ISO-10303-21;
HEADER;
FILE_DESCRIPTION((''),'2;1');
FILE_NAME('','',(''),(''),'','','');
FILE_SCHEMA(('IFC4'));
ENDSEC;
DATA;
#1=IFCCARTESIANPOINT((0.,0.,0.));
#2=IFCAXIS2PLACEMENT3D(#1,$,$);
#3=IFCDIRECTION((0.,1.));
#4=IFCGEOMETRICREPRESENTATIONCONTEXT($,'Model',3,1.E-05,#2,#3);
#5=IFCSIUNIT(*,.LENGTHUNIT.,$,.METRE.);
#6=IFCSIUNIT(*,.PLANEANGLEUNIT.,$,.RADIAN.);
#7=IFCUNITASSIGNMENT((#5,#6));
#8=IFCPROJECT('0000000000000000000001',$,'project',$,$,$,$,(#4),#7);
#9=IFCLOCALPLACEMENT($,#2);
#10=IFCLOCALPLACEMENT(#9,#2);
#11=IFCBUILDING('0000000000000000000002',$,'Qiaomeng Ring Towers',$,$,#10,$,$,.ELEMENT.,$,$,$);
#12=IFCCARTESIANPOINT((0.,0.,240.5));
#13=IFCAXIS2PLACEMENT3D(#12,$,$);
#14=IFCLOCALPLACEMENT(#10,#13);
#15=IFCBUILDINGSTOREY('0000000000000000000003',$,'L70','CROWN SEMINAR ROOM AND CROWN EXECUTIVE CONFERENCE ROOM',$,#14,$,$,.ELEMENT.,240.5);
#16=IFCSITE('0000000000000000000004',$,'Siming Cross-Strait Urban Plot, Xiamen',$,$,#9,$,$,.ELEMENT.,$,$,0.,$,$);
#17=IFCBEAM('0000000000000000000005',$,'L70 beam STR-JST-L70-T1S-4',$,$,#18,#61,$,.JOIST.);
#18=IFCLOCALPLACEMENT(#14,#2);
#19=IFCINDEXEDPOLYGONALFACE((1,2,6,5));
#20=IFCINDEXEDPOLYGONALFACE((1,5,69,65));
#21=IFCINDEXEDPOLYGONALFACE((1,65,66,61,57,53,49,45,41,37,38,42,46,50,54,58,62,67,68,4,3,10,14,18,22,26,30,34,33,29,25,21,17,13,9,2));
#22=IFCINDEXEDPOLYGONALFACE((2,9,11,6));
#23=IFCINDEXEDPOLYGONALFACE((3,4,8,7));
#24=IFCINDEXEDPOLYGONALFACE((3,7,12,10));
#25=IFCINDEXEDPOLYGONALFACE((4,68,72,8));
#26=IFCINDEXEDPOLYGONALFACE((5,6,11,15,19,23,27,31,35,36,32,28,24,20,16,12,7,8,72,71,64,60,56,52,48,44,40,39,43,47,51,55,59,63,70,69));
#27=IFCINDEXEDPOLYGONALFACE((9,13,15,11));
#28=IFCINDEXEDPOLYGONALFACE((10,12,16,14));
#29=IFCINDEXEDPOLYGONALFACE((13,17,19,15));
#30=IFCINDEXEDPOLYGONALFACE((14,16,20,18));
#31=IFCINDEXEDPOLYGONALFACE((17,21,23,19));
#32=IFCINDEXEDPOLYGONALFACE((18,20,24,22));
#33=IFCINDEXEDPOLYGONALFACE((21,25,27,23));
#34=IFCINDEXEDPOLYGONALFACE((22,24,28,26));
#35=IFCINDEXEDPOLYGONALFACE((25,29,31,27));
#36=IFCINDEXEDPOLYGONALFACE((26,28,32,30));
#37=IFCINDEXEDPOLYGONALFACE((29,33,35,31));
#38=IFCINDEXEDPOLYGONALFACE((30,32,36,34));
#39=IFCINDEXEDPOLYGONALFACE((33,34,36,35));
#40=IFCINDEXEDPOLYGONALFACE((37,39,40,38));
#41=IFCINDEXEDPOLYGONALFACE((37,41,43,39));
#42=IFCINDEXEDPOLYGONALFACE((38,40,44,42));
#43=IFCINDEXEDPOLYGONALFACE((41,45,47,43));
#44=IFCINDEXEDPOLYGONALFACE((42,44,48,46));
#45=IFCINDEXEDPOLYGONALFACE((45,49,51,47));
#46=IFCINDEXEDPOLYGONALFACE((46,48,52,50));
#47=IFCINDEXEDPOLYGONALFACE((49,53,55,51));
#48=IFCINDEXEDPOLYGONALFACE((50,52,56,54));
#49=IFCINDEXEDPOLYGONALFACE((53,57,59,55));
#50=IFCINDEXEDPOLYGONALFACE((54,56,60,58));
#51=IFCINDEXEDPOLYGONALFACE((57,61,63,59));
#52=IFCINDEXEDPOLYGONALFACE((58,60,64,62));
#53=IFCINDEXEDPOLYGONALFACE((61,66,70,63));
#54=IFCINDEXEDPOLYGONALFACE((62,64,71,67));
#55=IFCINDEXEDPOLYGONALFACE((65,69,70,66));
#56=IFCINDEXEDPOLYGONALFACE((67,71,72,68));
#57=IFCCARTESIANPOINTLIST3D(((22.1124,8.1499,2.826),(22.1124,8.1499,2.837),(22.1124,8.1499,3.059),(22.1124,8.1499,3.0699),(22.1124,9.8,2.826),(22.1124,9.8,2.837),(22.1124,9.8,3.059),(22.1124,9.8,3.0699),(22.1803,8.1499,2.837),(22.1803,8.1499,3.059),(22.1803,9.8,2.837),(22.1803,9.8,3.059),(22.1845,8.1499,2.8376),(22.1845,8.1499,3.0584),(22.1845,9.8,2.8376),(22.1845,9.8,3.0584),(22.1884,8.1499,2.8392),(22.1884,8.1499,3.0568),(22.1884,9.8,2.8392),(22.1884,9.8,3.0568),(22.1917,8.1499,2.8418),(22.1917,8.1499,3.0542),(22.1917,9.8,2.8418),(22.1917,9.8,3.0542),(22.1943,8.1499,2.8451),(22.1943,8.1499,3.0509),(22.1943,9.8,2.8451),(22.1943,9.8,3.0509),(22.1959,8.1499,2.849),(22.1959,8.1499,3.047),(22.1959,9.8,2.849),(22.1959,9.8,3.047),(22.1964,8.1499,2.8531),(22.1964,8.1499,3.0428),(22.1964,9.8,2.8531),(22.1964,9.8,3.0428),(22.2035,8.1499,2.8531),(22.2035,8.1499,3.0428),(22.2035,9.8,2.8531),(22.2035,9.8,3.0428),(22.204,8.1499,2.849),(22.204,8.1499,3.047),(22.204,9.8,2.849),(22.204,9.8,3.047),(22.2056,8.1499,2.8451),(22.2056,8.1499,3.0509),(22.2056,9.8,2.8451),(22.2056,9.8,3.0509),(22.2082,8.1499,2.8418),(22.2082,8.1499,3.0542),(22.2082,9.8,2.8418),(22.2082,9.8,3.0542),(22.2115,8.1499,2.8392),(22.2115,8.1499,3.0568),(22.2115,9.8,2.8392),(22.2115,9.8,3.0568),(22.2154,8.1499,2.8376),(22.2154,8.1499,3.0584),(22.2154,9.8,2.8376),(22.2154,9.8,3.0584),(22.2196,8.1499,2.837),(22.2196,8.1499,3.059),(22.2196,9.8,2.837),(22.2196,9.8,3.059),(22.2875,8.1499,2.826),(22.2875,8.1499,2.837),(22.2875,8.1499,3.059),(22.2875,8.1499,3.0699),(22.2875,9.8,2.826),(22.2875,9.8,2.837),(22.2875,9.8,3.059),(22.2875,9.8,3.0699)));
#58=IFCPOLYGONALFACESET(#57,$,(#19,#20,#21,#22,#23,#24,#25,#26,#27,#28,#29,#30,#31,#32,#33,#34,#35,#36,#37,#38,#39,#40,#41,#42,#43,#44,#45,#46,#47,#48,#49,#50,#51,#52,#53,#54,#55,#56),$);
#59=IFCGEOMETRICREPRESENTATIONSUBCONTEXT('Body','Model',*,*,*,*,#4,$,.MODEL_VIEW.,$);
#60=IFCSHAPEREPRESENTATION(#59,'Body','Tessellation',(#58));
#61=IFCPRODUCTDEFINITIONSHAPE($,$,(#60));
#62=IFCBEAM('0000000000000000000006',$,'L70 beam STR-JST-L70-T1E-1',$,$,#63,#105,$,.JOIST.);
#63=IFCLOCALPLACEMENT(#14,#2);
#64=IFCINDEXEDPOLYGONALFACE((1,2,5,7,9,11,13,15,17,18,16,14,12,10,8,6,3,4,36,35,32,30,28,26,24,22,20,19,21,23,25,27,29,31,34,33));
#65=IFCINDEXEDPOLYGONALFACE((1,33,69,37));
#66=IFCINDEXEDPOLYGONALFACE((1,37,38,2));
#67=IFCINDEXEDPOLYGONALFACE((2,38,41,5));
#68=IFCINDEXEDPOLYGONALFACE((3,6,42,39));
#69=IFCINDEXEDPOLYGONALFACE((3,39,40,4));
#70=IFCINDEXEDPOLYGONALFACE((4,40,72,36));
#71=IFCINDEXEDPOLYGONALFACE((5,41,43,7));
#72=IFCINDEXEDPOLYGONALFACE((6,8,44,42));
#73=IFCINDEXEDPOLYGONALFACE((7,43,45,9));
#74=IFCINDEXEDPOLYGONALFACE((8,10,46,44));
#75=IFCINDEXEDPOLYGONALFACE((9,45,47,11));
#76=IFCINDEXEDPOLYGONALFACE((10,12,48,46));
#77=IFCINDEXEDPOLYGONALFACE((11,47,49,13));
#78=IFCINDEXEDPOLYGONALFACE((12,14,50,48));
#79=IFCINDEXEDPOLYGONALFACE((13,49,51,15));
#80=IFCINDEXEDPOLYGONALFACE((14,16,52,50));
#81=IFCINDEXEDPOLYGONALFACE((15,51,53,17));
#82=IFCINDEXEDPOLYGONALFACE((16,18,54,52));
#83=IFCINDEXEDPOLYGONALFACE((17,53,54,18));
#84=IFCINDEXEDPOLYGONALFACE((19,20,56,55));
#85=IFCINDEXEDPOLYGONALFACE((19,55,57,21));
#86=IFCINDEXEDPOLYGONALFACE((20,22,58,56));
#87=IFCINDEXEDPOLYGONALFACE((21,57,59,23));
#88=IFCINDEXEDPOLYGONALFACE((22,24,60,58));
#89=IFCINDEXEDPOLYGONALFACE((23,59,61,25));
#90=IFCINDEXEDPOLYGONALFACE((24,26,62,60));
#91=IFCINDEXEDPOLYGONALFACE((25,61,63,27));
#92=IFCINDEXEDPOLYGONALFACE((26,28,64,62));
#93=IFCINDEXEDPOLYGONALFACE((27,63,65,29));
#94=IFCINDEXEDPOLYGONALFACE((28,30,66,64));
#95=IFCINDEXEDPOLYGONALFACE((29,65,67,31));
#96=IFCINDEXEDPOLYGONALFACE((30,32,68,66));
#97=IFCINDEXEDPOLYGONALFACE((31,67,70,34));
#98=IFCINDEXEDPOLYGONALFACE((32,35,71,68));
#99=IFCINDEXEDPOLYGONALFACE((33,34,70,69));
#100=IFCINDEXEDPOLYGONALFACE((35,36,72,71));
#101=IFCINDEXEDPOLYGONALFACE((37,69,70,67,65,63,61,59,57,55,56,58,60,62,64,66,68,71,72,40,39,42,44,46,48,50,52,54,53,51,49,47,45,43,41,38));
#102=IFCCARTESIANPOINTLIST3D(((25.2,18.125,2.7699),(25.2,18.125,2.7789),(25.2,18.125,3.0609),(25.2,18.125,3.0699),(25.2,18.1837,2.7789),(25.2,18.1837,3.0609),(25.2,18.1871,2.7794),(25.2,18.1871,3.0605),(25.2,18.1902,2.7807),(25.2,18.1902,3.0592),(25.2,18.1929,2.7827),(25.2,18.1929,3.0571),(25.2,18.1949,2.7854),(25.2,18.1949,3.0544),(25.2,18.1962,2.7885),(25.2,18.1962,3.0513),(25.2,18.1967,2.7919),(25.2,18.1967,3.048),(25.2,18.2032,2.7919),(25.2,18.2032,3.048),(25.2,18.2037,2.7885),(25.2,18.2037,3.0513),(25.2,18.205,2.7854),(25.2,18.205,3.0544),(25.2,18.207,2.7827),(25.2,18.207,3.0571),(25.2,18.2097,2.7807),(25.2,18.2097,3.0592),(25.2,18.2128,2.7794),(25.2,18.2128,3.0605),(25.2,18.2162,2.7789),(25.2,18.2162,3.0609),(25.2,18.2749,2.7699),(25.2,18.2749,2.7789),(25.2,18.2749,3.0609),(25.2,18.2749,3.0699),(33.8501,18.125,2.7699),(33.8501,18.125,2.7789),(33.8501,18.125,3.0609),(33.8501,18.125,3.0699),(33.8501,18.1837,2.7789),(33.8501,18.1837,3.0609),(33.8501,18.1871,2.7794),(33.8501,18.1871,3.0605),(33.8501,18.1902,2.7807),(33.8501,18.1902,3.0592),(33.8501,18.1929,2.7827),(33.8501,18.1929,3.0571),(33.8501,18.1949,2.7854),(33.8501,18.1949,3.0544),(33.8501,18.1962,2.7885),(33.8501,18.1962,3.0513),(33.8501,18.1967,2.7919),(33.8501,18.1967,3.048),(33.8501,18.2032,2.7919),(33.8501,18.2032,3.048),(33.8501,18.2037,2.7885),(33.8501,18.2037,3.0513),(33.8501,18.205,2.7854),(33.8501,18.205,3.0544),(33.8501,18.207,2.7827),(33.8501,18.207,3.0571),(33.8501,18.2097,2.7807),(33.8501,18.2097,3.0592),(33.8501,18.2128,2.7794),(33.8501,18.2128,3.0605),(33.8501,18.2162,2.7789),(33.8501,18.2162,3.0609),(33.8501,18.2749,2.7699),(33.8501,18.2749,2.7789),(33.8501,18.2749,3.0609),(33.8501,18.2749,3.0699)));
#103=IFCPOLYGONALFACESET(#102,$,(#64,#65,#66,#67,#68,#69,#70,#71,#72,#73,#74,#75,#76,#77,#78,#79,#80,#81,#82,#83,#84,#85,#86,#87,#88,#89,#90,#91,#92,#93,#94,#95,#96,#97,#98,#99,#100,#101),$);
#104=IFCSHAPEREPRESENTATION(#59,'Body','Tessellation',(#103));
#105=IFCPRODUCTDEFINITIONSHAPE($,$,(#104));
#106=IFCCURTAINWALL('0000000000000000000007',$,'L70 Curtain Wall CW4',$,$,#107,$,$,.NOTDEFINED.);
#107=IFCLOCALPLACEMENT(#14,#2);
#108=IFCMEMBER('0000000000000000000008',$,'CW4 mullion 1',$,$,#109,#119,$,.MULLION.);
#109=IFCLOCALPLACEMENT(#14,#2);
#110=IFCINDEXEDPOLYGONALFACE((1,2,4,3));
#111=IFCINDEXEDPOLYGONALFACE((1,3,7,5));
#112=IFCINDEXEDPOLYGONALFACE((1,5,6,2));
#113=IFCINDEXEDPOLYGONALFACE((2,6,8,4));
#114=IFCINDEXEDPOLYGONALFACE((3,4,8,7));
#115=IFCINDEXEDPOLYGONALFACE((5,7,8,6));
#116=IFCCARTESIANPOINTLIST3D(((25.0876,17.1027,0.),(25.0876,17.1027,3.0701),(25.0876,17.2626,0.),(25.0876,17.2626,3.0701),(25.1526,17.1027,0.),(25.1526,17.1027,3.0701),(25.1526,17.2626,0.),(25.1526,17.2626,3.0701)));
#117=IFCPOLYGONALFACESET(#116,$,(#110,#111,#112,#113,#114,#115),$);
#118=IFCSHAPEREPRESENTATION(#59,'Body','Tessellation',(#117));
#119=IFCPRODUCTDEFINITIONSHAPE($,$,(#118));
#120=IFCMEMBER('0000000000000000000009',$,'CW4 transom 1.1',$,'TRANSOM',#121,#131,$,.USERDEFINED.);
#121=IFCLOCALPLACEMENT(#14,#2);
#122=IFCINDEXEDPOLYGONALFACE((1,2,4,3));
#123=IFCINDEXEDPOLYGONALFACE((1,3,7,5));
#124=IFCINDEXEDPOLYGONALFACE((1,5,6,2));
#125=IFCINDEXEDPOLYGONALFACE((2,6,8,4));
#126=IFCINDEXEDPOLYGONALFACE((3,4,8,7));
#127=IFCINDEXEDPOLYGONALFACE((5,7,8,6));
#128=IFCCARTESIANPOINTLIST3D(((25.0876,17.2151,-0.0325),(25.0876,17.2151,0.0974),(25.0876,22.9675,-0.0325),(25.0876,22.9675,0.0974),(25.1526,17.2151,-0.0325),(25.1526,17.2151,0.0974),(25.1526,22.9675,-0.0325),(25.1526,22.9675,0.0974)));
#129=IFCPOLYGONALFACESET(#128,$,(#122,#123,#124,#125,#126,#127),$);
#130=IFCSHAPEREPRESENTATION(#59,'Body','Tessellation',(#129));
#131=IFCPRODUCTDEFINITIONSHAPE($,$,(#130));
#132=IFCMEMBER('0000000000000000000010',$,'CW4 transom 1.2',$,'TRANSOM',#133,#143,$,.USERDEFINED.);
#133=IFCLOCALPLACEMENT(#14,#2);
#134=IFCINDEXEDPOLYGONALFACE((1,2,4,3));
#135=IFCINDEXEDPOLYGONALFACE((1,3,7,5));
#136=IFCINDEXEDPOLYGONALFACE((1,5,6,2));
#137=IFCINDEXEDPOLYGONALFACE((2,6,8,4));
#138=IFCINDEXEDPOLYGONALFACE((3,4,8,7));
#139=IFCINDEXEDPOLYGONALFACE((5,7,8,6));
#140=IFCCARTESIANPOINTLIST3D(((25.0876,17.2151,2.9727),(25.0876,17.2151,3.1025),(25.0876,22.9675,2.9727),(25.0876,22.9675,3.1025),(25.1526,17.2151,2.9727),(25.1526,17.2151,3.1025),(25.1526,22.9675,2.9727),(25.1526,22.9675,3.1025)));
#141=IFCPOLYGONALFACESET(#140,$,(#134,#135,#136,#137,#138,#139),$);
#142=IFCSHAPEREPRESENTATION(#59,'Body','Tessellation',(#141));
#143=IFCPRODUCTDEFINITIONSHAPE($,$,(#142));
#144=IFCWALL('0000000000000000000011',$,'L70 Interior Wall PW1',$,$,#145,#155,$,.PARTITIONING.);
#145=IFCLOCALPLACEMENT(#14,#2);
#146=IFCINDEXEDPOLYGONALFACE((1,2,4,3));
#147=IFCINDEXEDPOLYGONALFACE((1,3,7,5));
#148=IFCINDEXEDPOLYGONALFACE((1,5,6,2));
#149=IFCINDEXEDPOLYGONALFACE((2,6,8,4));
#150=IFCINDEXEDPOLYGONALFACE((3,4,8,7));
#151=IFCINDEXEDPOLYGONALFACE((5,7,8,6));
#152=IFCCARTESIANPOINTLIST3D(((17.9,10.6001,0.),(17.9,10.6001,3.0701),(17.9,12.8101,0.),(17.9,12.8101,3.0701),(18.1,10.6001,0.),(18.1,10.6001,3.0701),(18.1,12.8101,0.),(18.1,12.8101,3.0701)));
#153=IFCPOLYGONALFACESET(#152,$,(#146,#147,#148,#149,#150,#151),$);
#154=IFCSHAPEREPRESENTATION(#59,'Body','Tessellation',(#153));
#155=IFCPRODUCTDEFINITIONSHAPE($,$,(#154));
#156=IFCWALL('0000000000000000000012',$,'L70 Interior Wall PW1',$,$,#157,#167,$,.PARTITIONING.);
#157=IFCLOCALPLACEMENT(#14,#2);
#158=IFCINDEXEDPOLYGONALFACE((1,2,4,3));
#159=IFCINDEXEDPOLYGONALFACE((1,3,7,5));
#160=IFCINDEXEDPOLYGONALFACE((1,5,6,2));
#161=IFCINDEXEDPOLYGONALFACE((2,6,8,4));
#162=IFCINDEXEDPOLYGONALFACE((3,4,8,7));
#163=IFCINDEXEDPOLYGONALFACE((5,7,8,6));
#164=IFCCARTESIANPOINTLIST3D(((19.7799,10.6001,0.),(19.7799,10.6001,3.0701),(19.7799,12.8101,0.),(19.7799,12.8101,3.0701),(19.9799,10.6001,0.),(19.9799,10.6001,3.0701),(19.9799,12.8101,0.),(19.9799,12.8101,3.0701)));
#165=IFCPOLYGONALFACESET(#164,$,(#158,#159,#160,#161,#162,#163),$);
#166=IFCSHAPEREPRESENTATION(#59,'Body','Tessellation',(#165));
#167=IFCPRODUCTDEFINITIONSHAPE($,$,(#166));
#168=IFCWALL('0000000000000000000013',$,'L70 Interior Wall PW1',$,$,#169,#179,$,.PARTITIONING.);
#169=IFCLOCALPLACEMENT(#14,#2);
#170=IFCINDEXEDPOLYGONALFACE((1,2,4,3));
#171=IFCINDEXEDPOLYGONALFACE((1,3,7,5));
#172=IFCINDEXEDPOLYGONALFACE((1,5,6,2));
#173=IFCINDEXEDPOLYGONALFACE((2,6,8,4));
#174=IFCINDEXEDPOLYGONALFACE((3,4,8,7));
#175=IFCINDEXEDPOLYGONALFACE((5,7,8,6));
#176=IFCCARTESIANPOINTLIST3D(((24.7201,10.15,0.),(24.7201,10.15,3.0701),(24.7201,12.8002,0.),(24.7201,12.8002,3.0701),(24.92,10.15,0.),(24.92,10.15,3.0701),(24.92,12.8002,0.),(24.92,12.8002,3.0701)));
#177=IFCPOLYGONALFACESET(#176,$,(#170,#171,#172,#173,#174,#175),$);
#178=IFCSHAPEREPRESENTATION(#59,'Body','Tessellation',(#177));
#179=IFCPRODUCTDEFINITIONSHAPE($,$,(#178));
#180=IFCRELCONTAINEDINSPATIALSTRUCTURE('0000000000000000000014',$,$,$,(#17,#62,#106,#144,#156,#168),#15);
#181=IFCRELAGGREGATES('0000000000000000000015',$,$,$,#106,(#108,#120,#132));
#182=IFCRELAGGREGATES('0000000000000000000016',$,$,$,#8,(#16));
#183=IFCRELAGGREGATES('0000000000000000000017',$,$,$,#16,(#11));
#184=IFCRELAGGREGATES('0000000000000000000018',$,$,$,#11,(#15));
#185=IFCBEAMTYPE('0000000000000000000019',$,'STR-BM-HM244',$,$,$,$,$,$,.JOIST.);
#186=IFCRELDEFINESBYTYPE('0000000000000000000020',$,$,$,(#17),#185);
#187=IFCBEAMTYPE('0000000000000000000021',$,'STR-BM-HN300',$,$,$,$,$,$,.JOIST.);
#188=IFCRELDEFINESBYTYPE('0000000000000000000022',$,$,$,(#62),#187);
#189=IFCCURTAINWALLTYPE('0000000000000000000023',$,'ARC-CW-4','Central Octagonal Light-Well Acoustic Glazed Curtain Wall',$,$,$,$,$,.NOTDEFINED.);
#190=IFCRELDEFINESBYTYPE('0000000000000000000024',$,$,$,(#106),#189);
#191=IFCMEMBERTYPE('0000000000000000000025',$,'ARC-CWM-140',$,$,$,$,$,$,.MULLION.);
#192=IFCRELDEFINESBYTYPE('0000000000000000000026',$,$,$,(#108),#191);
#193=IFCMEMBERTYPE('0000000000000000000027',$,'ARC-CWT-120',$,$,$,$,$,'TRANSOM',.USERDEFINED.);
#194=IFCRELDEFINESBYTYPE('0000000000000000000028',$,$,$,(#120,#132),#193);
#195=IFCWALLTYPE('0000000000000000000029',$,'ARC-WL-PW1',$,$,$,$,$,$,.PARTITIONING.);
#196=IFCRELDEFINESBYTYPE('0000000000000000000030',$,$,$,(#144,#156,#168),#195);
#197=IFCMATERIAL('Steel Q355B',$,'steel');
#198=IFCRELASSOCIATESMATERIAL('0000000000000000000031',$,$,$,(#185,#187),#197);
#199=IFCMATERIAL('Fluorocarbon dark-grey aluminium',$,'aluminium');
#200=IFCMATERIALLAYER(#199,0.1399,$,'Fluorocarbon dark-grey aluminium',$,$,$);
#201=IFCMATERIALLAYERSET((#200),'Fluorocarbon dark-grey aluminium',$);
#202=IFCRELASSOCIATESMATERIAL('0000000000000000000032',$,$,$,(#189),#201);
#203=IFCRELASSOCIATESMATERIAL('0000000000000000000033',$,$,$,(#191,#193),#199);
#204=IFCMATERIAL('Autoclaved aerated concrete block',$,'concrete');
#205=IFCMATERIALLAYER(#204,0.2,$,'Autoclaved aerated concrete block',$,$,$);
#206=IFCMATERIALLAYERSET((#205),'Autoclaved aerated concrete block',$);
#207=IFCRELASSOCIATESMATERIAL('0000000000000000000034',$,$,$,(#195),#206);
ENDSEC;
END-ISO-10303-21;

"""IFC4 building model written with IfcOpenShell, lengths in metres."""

from ifc_helpers import new_model, si_unit, direction, frame, frame_2d, origin, origin_2d, place, context, subcontext, project, spatial, rectangle, i_section, extrude, source, transform, mapped, material, layer, layer_set, material_profile, profile_set, type_object, element, aggregate, save


model = new_model("IFC4")

# Units and contexts
model_context = context("Model", 3, precision=1e-05, world=origin(), true_north=direction((0.0, 1.0)))
body_context = subcontext(model_context, "Body", "Model", "MODEL_VIEW")
ifc_project = project(units=[si_unit("LENGTHUNIT", "METRE"), si_unit("PLANEANGLEUNIT", "RADIAN")], contexts=[model_context])

# Site, building, storey
site_placement = place(None, origin())
site = spatial("IfcSite", under=ifc_project, at=site_placement, Name="Siming Cross-Strait Urban Plot, Xiamen", CompositionType="ELEMENT", RefElevation=0.0)
building_placement = place(site_placement, origin())
building = spatial("IfcBuilding", under=site, at=building_placement, Name="Qiaomeng Ring Towers", CompositionType="ELEMENT")
storey_placement = place(building_placement, frame((0.0, 0.0, 240.5)))
storey = spatial("IfcBuildingStorey", under=building, at=storey_placement, Name="L70", Description="CROWN SEMINAR ROOM AND CROWN EXECUTIVE CONFERENCE ROOM", CompositionType="ELEMENT", Elevation=240.5)

# Beams
ifc_material_1 = material(Name="Steel Q355B", Category="steel")
ifc_material_profile_1 = material_profile(ifc_material_1, i_section(OverallWidth=0.175, OverallDepth=0.2439, WebThickness=0.0071, FlangeThickness=0.011, FilletRadius=0.0161, at=origin_2d()), Name="HM 244x175x7x11")
ifc_profile_set_1 = profile_set([ifc_material_profile_1], Name="Steel Q355B")
beam_type_1 = type_object("IfcBeamType", Name="STR-BM-HM244", PredefinedType="JOIST", material=ifc_profile_set_1)
shared_shape_1 = source(origin(), body_context, "Body", "SweptSolid", [
    extrude(i_section(OverallWidth=0.175, OverallDepth=0.2439, WebThickness=0.0071, FlangeThickness=0.011, FilletRadius=0.0161, at=origin_2d()), origin(), (0.0, 0.0, 1.0), 1.6501),
])
for number, where, z_axis, x_axis, name in (
    (1, (22.2, 8.1499, 2.948), (0.0, 1.0, 0.0), (-1.0, 0.0, 0.0), "L70 beam STR-JST-L70-T1S-4"),
):
    element("IfcBeam", number, at=place(storey_placement, frame(where, z_axis=z_axis, x_axis=x_axis)), inside=storey, type_object=beam_type_1, Name=name, PredefinedType="JOIST", context=body_context, shape_type="MappedRepresentation", body=[
        mapped(shared_shape_1, transform((0.0, 0.0, 0.0), x_axis=(1.0, 0.0, 0.0), y_axis=(0.0, 1.0, 0.0), z_axis=(0.0, 0.0, 1.0), scale=1.0)),
    ])
ifc_material_profile_2 = material_profile(ifc_material_1, i_section(OverallWidth=0.1499, OverallDepth=0.3, WebThickness=0.0066, FlangeThickness=0.009, FilletRadius=0.0129, at=origin_2d()), Name="HN 300x150x6.5x9")
ifc_profile_set_2 = profile_set([ifc_material_profile_2], Name="Steel Q355B")
beam_type_2 = type_object("IfcBeamType", Name="STR-BM-HN300", PredefinedType="JOIST", material=ifc_profile_set_2)
shared_shape_2 = source(origin(), body_context, "Body", "SweptSolid", [
    extrude(i_section(OverallWidth=0.1499, OverallDepth=0.3, WebThickness=0.0066, FlangeThickness=0.009, FilletRadius=0.0129, at=origin_2d()), origin(), (0.0, 0.0, 1.0), 8.6501),
])
beam_1_placement = place(storey_placement, frame((25.2, 18.2, 2.9199), z_axis=(1.0, 0.0, 0.0), x_axis=(0.0, 1.0, 0.0)))
element("IfcBeam", 2, at=beam_1_placement, inside=storey, type_object=beam_type_2, Name="L70 beam STR-JST-L70-T1E-1", PredefinedType="JOIST", context=body_context, shape_type="MappedRepresentation", body=[
    mapped(shared_shape_2, transform((0.0, 0.0, 0.0), x_axis=(1.0, 0.0, 0.0), y_axis=(0.0, 1.0, 0.0), z_axis=(0.0, 0.0, 1.0), scale=1.0)),
])

# Curtain wall, members
ifc_material_2 = material(Name="Fluorocarbon dark-grey aluminium", Category="aluminium")
ifc_layer_1 = layer(ifc_material_2, 0.1399, Name="Fluorocarbon dark-grey aluminium")
ifc_layer_set_1 = layer_set([ifc_layer_1], Name="Fluorocarbon dark-grey aluminium")
curtain_wall_type = type_object("IfcCurtainWallType", Name="ARC-CW-4", Description="Central Octagonal Light-Well Acoustic Glazed Curtain Wall", PredefinedType="NOTDEFINED", material=ifc_layer_set_1)
curtain_wall_placement = place(storey_placement, origin())
curtain_wall = element("IfcCurtainWall", 3, at=curtain_wall_placement, inside=storey, type_object=curtain_wall_type, Name="L70 Curtain Wall CW4", PredefinedType="NOTDEFINED")
ifc_material_profile_3 = material_profile(ifc_material_2, rectangle(XDim=0.0649, YDim=0.1599, at=origin_2d()), Name="ALU MULL 65x160")
ifc_profile_set_3 = profile_set([ifc_material_profile_3], Name="Fluorocarbon dark-grey aluminium")
member_type_1 = type_object("IfcMemberType", Name="ARC-CWM-140", PredefinedType="MULLION", material=ifc_profile_set_3)
shared_shape_3 = source(origin(), body_context, "Body", "SweptSolid", [
    extrude(rectangle(XDim=0.0649, YDim=0.1599, at=origin_2d()), origin(), (0.0, 0.0, 1.0), 3.0701),
])
member_1_placement = place(storey_placement, frame((25.1201, 17.1826, 0.0), z_axis=(0.0, 0.0, 1.0), x_axis=(-1.0, 0.0, 0.0)))
member_1 = element("IfcMember", 4, at=member_1_placement, type_object=member_type_1, Name="CW4 mullion 1", PredefinedType="MULLION", context=body_context, shape_type="MappedRepresentation", body=[
    mapped(shared_shape_3, transform((0.0, 0.0, 0.0), x_axis=(1.0, 0.0, 0.0), y_axis=(0.0, 1.0, 0.0), z_axis=(0.0, 0.0, 1.0), scale=1.0)),
])
ifc_material_profile_4 = material_profile(ifc_material_2, rectangle(XDim=0.0649, YDim=0.1299, at=origin_2d()), Name="ALU TRAN 65x130")
ifc_profile_set_4 = profile_set([ifc_material_profile_4], Name="Fluorocarbon dark-grey aluminium")
member_type_2 = type_object("IfcMemberType", Name="ARC-CWT-120", ElementType="TRANSOM", PredefinedType="USERDEFINED", material=ifc_profile_set_4)
shared_shape_4 = source(origin(), body_context, "Body", "SweptSolid", [
    extrude(rectangle(XDim=0.0649, YDim=0.1299, at=origin_2d()), origin(), (0.0, 0.0, 1.0), 5.7524),
])
member_2_placement = place(storey_placement, frame((25.1201, 17.2151, 0.0325), z_axis=(0.0, 1.0, 0.0), x_axis=(-1.0, 0.0, 0.0)))
member_2 = element("IfcMember", 5, at=member_2_placement, type_object=member_type_2, Name="CW4 transom 1.1", ObjectType="TRANSOM", PredefinedType="USERDEFINED", context=body_context, shape_type="MappedRepresentation", body=[
    mapped(shared_shape_4, transform((0.0, 0.0, 0.0), x_axis=(1.0, 0.0, 0.0), y_axis=(0.0, 1.0, 0.0), z_axis=(0.0, 0.0, 1.0), scale=1.0)),
])
member_3_placement = place(storey_placement, frame((25.1201, 17.2151, 3.0376), z_axis=(0.0, 1.0, 0.0), x_axis=(-1.0, 0.0, 0.0)))
member_3 = element("IfcMember", 6, at=member_3_placement, type_object=member_type_2, Name="CW4 transom 1.2", ObjectType="TRANSOM", PredefinedType="USERDEFINED", context=body_context, shape_type="MappedRepresentation", body=[
    mapped(shared_shape_4, transform((0.0, 0.0, 0.0), x_axis=(1.0, 0.0, 0.0), y_axis=(0.0, 1.0, 0.0), z_axis=(0.0, 0.0, 1.0), scale=1.0)),
])
aggregate(curtain_wall, [member_1, member_2, member_3])

# Walls
ifc_material_3 = material(Name="Autoclaved aerated concrete block", Category="concrete")
ifc_layer_2 = layer(ifc_material_3, 0.2, Name="Autoclaved aerated concrete block")
ifc_layer_set_2 = layer_set([ifc_layer_2], Name="Autoclaved aerated concrete block")
wall_type_1 = type_object("IfcWallType", Name="ARC-WL-PW1", PredefinedType="PARTITIONING", material=ifc_layer_set_2)
for number, where, z_axis, x_axis, name in (
    (7, (18.0, 10.6001, 0.0), (0.0, 0.0, 1.0), (0.0, 1.0, 0.0), "L70 Interior Wall PW1"),
    (8, (19.8799, 10.6001, 0.0), (0.0, 0.0, 1.0), (0.0, 1.0, 0.0), "L70 Interior Wall PW1"),
):
    element("IfcWall", number, at=place(storey_placement, frame(where, z_axis=z_axis, x_axis=x_axis)), inside=storey, type_object=wall_type_1, Name=name, PredefinedType="PARTITIONING", context=body_context, shape_type="SweptSolid", body=[
        extrude(rectangle(XDim=2.21, YDim=0.2, at=frame_2d((1.105, 0.0))), origin(), (0.0, 0.0, 1.0), 3.0701),
    ])
wall_1_placement = place(storey_placement, frame((24.8201, 10.1499, 0.0), z_axis=(0.0, 0.0, 1.0), x_axis=(0.0, 1.0, 0.0)))
element("IfcWall", 9, at=wall_1_placement, inside=storey, type_object=wall_type_1, Name="L70 Interior Wall PW1", PredefinedType="PARTITIONING", context=body_context, shape_type="SweptSolid", body=[
    extrude(rectangle(XDim=2.6501, YDim=0.2, at=frame_2d((1.3252, 0.0))), origin(), (0.0, 0.0, 1.0), 3.0701),
])

save(model, "model.ifc")
